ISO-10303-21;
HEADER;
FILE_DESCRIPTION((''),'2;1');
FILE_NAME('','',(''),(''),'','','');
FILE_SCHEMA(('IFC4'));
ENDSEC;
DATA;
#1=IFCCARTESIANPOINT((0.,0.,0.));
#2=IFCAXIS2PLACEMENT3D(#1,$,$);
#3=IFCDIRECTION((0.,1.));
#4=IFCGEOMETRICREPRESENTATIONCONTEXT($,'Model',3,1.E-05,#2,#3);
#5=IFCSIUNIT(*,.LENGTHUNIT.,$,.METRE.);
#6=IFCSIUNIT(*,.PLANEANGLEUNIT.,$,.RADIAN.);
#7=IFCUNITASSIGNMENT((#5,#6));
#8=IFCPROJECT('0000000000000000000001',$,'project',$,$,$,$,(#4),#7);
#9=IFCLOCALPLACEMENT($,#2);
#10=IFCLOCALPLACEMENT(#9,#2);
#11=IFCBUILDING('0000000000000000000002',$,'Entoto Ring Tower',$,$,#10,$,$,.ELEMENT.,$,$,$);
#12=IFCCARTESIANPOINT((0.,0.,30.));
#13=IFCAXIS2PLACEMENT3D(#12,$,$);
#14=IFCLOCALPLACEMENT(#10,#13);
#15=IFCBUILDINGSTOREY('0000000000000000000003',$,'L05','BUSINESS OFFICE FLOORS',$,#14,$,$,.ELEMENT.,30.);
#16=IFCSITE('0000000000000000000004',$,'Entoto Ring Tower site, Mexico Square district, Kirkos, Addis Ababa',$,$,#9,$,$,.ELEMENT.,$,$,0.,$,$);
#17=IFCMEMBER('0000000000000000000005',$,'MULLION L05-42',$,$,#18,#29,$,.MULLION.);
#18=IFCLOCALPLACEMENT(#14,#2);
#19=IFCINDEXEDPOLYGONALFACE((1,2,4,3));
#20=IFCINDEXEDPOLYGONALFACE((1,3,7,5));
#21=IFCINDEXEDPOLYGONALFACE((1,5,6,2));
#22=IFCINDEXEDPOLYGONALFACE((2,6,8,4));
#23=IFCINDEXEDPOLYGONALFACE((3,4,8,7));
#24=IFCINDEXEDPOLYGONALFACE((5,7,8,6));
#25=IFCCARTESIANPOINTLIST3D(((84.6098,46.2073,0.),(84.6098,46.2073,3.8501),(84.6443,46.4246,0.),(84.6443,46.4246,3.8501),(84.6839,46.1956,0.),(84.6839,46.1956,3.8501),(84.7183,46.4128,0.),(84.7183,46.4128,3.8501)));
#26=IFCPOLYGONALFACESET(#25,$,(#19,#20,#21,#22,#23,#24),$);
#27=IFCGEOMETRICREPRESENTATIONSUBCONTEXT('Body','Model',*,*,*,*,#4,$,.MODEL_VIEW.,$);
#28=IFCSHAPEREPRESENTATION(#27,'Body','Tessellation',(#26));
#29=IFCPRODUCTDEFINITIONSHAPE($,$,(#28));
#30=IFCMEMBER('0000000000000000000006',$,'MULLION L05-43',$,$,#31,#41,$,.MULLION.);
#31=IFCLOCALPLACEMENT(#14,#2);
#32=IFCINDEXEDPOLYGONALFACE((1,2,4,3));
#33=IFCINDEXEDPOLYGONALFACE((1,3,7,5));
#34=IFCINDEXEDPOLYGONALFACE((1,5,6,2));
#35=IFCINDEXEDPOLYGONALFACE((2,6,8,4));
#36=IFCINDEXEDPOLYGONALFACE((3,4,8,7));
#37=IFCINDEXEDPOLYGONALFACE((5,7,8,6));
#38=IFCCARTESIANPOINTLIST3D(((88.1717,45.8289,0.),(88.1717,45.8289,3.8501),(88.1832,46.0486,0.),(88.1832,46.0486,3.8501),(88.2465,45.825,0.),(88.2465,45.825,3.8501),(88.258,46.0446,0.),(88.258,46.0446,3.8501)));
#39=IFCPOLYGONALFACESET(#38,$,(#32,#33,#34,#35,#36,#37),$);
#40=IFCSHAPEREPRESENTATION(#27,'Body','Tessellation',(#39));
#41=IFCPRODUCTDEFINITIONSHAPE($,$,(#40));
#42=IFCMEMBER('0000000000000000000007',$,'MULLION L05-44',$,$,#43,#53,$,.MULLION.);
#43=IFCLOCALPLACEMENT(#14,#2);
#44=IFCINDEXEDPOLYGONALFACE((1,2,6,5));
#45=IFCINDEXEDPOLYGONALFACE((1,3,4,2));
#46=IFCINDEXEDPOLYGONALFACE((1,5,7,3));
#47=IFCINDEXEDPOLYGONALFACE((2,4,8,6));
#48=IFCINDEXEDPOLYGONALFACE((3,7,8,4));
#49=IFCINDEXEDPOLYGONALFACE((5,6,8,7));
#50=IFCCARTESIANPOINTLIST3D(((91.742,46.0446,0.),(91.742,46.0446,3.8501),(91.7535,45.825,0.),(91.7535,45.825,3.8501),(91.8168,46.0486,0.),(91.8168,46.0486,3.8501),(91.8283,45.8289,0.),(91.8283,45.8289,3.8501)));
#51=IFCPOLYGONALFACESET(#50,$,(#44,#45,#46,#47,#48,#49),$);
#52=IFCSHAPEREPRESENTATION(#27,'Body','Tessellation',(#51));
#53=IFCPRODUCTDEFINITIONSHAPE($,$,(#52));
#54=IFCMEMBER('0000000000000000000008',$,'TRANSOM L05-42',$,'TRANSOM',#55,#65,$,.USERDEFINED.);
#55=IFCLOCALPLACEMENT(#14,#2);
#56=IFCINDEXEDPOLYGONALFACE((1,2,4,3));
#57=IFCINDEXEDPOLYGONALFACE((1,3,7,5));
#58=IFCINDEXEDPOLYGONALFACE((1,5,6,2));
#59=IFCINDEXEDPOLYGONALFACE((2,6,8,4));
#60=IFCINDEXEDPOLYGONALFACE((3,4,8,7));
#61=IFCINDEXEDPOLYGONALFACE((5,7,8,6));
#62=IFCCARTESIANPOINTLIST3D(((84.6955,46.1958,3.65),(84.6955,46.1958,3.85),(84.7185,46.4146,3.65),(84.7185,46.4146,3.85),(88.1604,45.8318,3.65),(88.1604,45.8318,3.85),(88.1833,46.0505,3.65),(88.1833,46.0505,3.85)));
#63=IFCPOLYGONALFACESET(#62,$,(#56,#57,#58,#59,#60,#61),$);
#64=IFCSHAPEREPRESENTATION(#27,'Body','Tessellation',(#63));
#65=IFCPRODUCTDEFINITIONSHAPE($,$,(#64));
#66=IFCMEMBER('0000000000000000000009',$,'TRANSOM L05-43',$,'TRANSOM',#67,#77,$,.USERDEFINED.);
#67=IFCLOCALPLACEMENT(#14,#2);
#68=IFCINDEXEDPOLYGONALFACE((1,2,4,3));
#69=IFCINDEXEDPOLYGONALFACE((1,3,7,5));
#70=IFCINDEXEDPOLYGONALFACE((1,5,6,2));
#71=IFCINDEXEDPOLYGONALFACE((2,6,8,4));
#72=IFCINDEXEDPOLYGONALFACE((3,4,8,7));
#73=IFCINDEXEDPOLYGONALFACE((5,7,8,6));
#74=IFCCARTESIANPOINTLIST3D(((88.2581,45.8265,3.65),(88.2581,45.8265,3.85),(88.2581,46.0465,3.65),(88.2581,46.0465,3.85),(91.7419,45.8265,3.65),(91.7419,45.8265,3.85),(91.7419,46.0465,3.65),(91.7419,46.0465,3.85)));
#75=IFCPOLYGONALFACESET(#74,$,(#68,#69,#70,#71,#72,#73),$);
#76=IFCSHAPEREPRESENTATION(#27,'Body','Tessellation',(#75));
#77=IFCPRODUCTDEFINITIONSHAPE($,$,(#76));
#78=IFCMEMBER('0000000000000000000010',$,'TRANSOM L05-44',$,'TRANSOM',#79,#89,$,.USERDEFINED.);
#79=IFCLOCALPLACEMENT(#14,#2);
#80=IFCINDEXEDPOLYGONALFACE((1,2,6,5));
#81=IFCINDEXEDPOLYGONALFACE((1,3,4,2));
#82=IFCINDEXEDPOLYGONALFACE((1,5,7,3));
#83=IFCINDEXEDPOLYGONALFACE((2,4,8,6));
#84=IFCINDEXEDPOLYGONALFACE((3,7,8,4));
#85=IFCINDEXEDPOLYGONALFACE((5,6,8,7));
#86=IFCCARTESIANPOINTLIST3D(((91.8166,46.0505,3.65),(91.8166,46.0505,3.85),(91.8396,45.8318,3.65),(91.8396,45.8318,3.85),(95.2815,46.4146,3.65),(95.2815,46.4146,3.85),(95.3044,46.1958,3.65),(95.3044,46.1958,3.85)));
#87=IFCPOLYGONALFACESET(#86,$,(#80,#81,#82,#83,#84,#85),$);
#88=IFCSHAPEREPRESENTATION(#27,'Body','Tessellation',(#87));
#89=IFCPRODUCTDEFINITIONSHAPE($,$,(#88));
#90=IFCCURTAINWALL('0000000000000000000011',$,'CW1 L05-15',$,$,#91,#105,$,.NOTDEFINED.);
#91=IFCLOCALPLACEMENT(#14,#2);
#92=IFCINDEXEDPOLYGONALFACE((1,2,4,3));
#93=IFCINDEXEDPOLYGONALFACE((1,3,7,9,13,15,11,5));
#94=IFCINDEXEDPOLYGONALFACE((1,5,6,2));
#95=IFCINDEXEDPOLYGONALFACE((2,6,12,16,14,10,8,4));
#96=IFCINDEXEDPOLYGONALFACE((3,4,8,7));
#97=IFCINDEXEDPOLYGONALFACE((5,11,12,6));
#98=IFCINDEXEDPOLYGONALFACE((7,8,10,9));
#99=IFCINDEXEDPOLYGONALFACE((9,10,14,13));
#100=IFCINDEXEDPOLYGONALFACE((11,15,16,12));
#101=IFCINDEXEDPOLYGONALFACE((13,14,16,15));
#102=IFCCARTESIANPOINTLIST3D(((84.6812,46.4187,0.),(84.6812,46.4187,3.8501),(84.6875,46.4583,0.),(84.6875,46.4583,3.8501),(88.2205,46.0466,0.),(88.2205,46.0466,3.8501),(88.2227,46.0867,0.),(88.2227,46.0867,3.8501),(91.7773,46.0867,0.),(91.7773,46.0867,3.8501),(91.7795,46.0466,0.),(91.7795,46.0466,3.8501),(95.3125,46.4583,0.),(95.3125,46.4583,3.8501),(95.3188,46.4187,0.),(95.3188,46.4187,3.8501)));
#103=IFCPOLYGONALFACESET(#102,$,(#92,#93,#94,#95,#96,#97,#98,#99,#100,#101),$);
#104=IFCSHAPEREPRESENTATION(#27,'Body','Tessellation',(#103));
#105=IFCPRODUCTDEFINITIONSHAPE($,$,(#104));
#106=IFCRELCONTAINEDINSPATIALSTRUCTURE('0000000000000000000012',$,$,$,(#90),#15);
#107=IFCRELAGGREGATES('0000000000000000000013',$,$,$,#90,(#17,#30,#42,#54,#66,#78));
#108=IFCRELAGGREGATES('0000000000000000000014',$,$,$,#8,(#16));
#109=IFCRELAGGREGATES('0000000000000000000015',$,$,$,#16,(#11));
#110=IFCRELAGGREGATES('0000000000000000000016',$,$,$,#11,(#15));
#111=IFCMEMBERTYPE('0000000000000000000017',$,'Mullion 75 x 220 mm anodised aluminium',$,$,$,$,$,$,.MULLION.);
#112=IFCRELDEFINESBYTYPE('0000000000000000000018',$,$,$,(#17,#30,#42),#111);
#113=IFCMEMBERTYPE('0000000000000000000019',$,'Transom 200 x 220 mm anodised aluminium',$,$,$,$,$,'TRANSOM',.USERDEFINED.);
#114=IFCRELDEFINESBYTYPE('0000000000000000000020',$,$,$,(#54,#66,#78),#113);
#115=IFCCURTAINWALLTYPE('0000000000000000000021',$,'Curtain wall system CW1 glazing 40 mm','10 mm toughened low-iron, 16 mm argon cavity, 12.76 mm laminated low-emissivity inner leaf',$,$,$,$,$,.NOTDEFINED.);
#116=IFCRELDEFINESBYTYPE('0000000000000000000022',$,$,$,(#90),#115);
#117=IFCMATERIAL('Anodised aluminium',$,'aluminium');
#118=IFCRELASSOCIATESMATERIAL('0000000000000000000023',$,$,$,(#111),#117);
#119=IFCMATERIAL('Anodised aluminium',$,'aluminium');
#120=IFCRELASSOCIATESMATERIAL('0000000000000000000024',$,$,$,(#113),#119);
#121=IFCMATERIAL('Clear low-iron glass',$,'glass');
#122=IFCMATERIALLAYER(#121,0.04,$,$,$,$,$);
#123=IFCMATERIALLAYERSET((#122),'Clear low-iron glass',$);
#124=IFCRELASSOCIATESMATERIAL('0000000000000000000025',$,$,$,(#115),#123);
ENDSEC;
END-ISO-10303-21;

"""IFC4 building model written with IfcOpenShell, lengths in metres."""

from ifc_helpers import new_model, si_unit, direction, frame, origin, origin_2d, place, context, subcontext, project, spatial, polyline, rectangle, outline, extrude, material, layer, layer_set, material_profile, profile_set, type_object, element, aggregate, save


model = new_model("IFC4")

# Units and contexts
model_context = context("Model", 3, precision=1e-05, world=origin(), true_north=direction((0.0, 1.0)))
body_context = subcontext(model_context, "Body", "Model", "MODEL_VIEW")
ifc_project = project(units=[si_unit("LENGTHUNIT", "METRE"), si_unit("PLANEANGLEUNIT", "RADIAN")], contexts=[model_context])

# Members
ifc_material_1 = material(Name="Anodised aluminium", Category="aluminium")
ifc_material_profile_1 = material_profile(ifc_material_1, rectangle(XDim=0.075, YDim=0.22, at=origin_2d()), Name="Mullion 75 x 220 mm anodised aluminium")
ifc_profile_set_1 = profile_set([ifc_material_profile_1], Name="Anodised aluminium")
member_type_1 = type_object("IfcMemberType", Name="Mullion 75 x 220 mm anodised aluminium", PredefinedType="MULLION", material=ifc_profile_set_1)
site_placement = place(None, origin())
building_placement = place(site_placement, origin())
storey_placement = place(building_placement, frame((0.0, 0.0, 30.0)))
member_1_placement = place(storey_placement, frame((84.6641, 46.3101, 0.0), z_axis=(0.0, 0.0, 1.0), x_axis=(0.987688, -0.156434, 0.0)))
member_1 = element("IfcMember", 1, at=member_1_placement, type_object=member_type_1, Name="MULLION L05-42", PredefinedType="MULLION", context=body_context, shape_type="SweptSolid", body=[
    extrude(rectangle(XDim=0.075, YDim=0.22, at=origin_2d()), origin(), (0.0, 0.0, 1.0), 3.8501),
])
member_2_placement = place(storey_placement, frame((88.2148, 45.9368, 0.0), z_axis=(0.0, 0.0, 1.0), x_axis=(0.99863, -0.052336, 0.0)))
member_2 = element("IfcMember", 2, at=member_2_placement, type_object=member_type_1, Name="MULLION L05-43", PredefinedType="MULLION", context=body_context, shape_type="SweptSolid", body=[
    extrude(rectangle(XDim=0.075, YDim=0.22, at=origin_2d()), origin(), (0.0, 0.0, 1.0), 3.8501),
])
member_3_placement = place(storey_placement, frame((91.7852, 45.9368, 0.0), z_axis=(0.0, 0.0, 1.0), x_axis=(0.99863, 0.052336, 0.0)))
member_3 = element("IfcMember", 3, at=member_3_placement, type_object=member_type_1, Name="MULLION L05-44", PredefinedType="MULLION", context=body_context, shape_type="SweptSolid", body=[
    extrude(rectangle(XDim=0.075, YDim=0.22, at=origin_2d()), origin(), (0.0, 0.0, 1.0), 3.8501),
])
ifc_material_2 = material(Name="Anodised aluminium", Category="aluminium")
ifc_material_profile_2 = material_profile(ifc_material_2, rectangle(XDim=0.22, YDim=0.2, at=origin_2d()), Name="Transom 200 x 220 mm anodised aluminium")
ifc_profile_set_2 = profile_set([ifc_material_profile_2], Name="Anodised aluminium")
member_type_2 = type_object("IfcMemberType", Name="Transom 200 x 220 mm anodised aluminium", ElementType="TRANSOM", PredefinedType="USERDEFINED", material=ifc_profile_set_2)
member_4_placement = place(storey_placement, frame((84.707, 46.3052, 3.75), z_axis=(0.994527, -0.104484, 0.0), x_axis=(0.104484, 0.994527, 0.0)))
member_4 = element("IfcMember", 4, at=member_4_placement, type_object=member_type_2, Name="TRANSOM L05-42", ObjectType="TRANSOM", PredefinedType="USERDEFINED", context=body_context, shape_type="SweptSolid", body=[
    extrude(rectangle(XDim=0.22, YDim=0.2, at=origin_2d()), origin(), (0.0, 0.0, 1.0), 3.4839),
])
member_5_placement = place(storey_placement, frame((88.2581, 45.9365, 3.75), z_axis=(1.0, 0.0, 0.0), x_axis=(0.0, 1.0, 0.0)))
member_5 = element("IfcMember", 5, at=member_5_placement, type_object=member_type_2, Name="TRANSOM L05-43", ObjectType="TRANSOM", PredefinedType="USERDEFINED", context=body_context, shape_type="SweptSolid", body=[
    extrude(rectangle(XDim=0.22, YDim=0.2, at=origin_2d()), origin(), (0.0, 0.0, 1.0), 3.4839),
])
member_6_placement = place(storey_placement, frame((91.8281, 45.9412, 3.75), z_axis=(0.994527, 0.104484, 0.0), x_axis=(-0.104484, 0.994527, 0.0)))
member_6 = element("IfcMember", 6, at=member_6_placement, type_object=member_type_2, Name="TRANSOM L05-44", ObjectType="TRANSOM", PredefinedType="USERDEFINED", context=body_context, shape_type="SweptSolid", body=[
    extrude(rectangle(XDim=0.22, YDim=0.2, at=origin_2d()), origin(), (0.0, 0.0, 1.0), 3.4839),
])

# Site, building, storey
site = spatial("IfcSite", under=ifc_project, at=site_placement, Name="Entoto Ring Tower site, Mexico Square district, Kirkos, Addis Ababa", CompositionType="ELEMENT", RefElevation=0.0)
building = spatial("IfcBuilding", under=site, at=building_placement, Name="Entoto Ring Tower", CompositionType="ELEMENT")
storey = spatial("IfcBuildingStorey", under=building, at=storey_placement, Name="L05", Description="BUSINESS OFFICE FLOORS", CompositionType="ELEMENT", Elevation=30.0)

# Curtain wall
ifc_material_3 = material(Name="Clear low-iron glass", Category="glass")
ifc_layer = layer(ifc_material_3, 0.04)
ifc_layer_set = layer_set([ifc_layer], Name="Clear low-iron glass")
curtain_wall_type = type_object("IfcCurtainWallType", Name="Curtain wall system CW1 glazing 40 mm", Description="10 mm toughened low-iron, 16 mm argon cavity, 12.76 mm laminated low-emissivity inner leaf", PredefinedType="NOTDEFINED", material=ifc_layer_set)
curtain_wall_1_placement = place(storey_placement, origin())
curtain_wall_1 = element("IfcCurtainWall", 7, at=curtain_wall_1_placement, inside=storey, type_object=curtain_wall_type, Name="CW1 L05-15", PredefinedType="NOTDEFINED", context=body_context, shape_type="SweptSolid", body=[
    extrude(outline(polyline([(84.6812, 46.4187), (88.2205, 46.0466), (91.7795, 46.0466), (95.3188, 46.4187), (95.3125, 46.4583), (91.7773, 46.0867), (88.2227, 46.0867), (84.6875, 46.4583), (84.6812, 46.4187)])), origin(), (0.0, 0.0, 1.0), 3.8501),
])
aggregate(curtain_wall_1, [member_1, member_2, member_3, member_4, member_5, member_6])

save(model, "model.ifc")
